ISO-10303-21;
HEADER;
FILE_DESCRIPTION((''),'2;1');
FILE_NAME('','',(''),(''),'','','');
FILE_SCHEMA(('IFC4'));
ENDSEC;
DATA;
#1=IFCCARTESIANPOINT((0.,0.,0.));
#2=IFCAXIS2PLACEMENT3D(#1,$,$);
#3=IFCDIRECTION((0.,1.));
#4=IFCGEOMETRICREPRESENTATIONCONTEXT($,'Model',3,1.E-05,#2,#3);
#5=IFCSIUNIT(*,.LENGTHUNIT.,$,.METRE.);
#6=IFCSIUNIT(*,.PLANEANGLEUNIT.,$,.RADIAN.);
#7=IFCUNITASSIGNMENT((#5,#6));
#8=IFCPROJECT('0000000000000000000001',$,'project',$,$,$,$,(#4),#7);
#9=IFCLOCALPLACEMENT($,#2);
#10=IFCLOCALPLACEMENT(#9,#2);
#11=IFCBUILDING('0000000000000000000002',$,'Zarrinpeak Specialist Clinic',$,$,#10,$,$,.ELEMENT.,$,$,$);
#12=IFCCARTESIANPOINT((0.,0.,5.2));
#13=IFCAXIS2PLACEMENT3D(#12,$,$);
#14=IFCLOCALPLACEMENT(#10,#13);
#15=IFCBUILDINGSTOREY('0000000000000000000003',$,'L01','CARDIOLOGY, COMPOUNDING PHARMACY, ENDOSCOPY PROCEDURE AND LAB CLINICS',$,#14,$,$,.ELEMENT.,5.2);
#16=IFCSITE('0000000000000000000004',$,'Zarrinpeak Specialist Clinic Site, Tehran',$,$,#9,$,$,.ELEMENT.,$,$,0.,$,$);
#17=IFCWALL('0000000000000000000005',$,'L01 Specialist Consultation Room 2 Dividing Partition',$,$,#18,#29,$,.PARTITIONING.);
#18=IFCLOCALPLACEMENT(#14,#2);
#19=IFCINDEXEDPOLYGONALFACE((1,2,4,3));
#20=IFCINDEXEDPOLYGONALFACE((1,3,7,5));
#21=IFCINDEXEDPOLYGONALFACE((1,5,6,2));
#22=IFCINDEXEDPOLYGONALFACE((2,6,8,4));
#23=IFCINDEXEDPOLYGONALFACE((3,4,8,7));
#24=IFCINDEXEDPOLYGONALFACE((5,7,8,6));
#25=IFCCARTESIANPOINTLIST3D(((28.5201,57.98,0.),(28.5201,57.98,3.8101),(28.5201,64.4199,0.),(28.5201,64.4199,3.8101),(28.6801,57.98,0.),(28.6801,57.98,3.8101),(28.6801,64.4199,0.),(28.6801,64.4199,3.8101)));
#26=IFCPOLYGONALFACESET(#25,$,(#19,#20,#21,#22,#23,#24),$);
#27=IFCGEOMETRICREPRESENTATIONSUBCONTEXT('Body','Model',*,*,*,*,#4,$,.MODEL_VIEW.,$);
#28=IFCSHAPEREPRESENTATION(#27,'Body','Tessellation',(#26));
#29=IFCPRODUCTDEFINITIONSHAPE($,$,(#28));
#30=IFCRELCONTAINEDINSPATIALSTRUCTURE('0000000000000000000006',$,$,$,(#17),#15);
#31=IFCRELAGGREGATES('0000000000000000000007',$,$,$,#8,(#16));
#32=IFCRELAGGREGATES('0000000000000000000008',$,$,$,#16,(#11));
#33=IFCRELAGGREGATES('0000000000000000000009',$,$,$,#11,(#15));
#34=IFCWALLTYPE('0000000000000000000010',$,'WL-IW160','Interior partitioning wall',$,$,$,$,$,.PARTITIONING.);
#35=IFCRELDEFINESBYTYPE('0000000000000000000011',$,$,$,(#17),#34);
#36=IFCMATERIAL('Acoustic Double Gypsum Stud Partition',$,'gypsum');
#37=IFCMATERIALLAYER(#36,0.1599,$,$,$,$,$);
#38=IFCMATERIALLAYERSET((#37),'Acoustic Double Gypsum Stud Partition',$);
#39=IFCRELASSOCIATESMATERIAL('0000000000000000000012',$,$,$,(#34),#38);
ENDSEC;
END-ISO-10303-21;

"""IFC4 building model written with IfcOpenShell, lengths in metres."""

from ifc_helpers import new_model, si_unit, direction, frame, frame_2d, origin, place, context, subcontext, project, spatial, rectangle, extrude, material, layer, layer_set, type_object, element, save


model = new_model("IFC4")

# Units and contexts
model_context = context("Model", 3, precision=1e-05, world=origin(), true_north=direction((0.0, 1.0)))
body_context = subcontext(model_context, "Body", "Model", "MODEL_VIEW")
ifc_project = project(units=[si_unit("LENGTHUNIT", "METRE"), si_unit("PLANEANGLEUNIT", "RADIAN")], contexts=[model_context])

# Site, building, storey
site_placement = place(None, origin())
site = spatial("IfcSite", under=ifc_project, at=site_placement, Name="Zarrinpeak Specialist Clinic Site, Tehran", CompositionType="ELEMENT", RefElevation=0.0)
building_placement = place(site_placement, origin())
building = spatial("IfcBuilding", under=site, at=building_placement, Name="Zarrinpeak Specialist Clinic", CompositionType="ELEMENT")
storey_placement = place(building_placement, frame((0.0, 0.0, 5.2)))
storey = spatial("IfcBuildingStorey", under=building, at=storey_placement, Name="L01", Description="CARDIOLOGY, COMPOUNDING PHARMACY, ENDOSCOPY PROCEDURE AND LAB CLINICS", CompositionType="ELEMENT", Elevation=5.2)

# Wall
ifc_material_1 = material(Name="Acoustic Double Gypsum Stud Partition", Category="gypsum")
ifc_layer_1 = layer(ifc_material_1, 0.1599)
ifc_layer_set_1 = layer_set([ifc_layer_1], Name="Acoustic Double Gypsum Stud Partition")
wall_type = type_object("IfcWallType", Name="WL-IW160", Description="Interior partitioning wall", PredefinedType="PARTITIONING", material=ifc_layer_set_1)
wall_placement = place(storey_placement, frame((28.6001, 57.98, 0.0), z_axis=(0.0, 0.0, 1.0), x_axis=(0.0, 1.0, 0.0)))
element("IfcWall", 1, at=wall_placement, inside=storey, type_object=wall_type, Name="L01 Specialist Consultation Room 2 Dividing Partition", PredefinedType="PARTITIONING", context=body_context, shape_type="SweptSolid", body=[
    extrude(rectangle(XDim=6.4399, YDim=0.1599, at=frame_2d((3.22, 0.0))), origin(), (0.0, 0.0, 1.0), 3.8101),
])

save(model, "model.ifc")
